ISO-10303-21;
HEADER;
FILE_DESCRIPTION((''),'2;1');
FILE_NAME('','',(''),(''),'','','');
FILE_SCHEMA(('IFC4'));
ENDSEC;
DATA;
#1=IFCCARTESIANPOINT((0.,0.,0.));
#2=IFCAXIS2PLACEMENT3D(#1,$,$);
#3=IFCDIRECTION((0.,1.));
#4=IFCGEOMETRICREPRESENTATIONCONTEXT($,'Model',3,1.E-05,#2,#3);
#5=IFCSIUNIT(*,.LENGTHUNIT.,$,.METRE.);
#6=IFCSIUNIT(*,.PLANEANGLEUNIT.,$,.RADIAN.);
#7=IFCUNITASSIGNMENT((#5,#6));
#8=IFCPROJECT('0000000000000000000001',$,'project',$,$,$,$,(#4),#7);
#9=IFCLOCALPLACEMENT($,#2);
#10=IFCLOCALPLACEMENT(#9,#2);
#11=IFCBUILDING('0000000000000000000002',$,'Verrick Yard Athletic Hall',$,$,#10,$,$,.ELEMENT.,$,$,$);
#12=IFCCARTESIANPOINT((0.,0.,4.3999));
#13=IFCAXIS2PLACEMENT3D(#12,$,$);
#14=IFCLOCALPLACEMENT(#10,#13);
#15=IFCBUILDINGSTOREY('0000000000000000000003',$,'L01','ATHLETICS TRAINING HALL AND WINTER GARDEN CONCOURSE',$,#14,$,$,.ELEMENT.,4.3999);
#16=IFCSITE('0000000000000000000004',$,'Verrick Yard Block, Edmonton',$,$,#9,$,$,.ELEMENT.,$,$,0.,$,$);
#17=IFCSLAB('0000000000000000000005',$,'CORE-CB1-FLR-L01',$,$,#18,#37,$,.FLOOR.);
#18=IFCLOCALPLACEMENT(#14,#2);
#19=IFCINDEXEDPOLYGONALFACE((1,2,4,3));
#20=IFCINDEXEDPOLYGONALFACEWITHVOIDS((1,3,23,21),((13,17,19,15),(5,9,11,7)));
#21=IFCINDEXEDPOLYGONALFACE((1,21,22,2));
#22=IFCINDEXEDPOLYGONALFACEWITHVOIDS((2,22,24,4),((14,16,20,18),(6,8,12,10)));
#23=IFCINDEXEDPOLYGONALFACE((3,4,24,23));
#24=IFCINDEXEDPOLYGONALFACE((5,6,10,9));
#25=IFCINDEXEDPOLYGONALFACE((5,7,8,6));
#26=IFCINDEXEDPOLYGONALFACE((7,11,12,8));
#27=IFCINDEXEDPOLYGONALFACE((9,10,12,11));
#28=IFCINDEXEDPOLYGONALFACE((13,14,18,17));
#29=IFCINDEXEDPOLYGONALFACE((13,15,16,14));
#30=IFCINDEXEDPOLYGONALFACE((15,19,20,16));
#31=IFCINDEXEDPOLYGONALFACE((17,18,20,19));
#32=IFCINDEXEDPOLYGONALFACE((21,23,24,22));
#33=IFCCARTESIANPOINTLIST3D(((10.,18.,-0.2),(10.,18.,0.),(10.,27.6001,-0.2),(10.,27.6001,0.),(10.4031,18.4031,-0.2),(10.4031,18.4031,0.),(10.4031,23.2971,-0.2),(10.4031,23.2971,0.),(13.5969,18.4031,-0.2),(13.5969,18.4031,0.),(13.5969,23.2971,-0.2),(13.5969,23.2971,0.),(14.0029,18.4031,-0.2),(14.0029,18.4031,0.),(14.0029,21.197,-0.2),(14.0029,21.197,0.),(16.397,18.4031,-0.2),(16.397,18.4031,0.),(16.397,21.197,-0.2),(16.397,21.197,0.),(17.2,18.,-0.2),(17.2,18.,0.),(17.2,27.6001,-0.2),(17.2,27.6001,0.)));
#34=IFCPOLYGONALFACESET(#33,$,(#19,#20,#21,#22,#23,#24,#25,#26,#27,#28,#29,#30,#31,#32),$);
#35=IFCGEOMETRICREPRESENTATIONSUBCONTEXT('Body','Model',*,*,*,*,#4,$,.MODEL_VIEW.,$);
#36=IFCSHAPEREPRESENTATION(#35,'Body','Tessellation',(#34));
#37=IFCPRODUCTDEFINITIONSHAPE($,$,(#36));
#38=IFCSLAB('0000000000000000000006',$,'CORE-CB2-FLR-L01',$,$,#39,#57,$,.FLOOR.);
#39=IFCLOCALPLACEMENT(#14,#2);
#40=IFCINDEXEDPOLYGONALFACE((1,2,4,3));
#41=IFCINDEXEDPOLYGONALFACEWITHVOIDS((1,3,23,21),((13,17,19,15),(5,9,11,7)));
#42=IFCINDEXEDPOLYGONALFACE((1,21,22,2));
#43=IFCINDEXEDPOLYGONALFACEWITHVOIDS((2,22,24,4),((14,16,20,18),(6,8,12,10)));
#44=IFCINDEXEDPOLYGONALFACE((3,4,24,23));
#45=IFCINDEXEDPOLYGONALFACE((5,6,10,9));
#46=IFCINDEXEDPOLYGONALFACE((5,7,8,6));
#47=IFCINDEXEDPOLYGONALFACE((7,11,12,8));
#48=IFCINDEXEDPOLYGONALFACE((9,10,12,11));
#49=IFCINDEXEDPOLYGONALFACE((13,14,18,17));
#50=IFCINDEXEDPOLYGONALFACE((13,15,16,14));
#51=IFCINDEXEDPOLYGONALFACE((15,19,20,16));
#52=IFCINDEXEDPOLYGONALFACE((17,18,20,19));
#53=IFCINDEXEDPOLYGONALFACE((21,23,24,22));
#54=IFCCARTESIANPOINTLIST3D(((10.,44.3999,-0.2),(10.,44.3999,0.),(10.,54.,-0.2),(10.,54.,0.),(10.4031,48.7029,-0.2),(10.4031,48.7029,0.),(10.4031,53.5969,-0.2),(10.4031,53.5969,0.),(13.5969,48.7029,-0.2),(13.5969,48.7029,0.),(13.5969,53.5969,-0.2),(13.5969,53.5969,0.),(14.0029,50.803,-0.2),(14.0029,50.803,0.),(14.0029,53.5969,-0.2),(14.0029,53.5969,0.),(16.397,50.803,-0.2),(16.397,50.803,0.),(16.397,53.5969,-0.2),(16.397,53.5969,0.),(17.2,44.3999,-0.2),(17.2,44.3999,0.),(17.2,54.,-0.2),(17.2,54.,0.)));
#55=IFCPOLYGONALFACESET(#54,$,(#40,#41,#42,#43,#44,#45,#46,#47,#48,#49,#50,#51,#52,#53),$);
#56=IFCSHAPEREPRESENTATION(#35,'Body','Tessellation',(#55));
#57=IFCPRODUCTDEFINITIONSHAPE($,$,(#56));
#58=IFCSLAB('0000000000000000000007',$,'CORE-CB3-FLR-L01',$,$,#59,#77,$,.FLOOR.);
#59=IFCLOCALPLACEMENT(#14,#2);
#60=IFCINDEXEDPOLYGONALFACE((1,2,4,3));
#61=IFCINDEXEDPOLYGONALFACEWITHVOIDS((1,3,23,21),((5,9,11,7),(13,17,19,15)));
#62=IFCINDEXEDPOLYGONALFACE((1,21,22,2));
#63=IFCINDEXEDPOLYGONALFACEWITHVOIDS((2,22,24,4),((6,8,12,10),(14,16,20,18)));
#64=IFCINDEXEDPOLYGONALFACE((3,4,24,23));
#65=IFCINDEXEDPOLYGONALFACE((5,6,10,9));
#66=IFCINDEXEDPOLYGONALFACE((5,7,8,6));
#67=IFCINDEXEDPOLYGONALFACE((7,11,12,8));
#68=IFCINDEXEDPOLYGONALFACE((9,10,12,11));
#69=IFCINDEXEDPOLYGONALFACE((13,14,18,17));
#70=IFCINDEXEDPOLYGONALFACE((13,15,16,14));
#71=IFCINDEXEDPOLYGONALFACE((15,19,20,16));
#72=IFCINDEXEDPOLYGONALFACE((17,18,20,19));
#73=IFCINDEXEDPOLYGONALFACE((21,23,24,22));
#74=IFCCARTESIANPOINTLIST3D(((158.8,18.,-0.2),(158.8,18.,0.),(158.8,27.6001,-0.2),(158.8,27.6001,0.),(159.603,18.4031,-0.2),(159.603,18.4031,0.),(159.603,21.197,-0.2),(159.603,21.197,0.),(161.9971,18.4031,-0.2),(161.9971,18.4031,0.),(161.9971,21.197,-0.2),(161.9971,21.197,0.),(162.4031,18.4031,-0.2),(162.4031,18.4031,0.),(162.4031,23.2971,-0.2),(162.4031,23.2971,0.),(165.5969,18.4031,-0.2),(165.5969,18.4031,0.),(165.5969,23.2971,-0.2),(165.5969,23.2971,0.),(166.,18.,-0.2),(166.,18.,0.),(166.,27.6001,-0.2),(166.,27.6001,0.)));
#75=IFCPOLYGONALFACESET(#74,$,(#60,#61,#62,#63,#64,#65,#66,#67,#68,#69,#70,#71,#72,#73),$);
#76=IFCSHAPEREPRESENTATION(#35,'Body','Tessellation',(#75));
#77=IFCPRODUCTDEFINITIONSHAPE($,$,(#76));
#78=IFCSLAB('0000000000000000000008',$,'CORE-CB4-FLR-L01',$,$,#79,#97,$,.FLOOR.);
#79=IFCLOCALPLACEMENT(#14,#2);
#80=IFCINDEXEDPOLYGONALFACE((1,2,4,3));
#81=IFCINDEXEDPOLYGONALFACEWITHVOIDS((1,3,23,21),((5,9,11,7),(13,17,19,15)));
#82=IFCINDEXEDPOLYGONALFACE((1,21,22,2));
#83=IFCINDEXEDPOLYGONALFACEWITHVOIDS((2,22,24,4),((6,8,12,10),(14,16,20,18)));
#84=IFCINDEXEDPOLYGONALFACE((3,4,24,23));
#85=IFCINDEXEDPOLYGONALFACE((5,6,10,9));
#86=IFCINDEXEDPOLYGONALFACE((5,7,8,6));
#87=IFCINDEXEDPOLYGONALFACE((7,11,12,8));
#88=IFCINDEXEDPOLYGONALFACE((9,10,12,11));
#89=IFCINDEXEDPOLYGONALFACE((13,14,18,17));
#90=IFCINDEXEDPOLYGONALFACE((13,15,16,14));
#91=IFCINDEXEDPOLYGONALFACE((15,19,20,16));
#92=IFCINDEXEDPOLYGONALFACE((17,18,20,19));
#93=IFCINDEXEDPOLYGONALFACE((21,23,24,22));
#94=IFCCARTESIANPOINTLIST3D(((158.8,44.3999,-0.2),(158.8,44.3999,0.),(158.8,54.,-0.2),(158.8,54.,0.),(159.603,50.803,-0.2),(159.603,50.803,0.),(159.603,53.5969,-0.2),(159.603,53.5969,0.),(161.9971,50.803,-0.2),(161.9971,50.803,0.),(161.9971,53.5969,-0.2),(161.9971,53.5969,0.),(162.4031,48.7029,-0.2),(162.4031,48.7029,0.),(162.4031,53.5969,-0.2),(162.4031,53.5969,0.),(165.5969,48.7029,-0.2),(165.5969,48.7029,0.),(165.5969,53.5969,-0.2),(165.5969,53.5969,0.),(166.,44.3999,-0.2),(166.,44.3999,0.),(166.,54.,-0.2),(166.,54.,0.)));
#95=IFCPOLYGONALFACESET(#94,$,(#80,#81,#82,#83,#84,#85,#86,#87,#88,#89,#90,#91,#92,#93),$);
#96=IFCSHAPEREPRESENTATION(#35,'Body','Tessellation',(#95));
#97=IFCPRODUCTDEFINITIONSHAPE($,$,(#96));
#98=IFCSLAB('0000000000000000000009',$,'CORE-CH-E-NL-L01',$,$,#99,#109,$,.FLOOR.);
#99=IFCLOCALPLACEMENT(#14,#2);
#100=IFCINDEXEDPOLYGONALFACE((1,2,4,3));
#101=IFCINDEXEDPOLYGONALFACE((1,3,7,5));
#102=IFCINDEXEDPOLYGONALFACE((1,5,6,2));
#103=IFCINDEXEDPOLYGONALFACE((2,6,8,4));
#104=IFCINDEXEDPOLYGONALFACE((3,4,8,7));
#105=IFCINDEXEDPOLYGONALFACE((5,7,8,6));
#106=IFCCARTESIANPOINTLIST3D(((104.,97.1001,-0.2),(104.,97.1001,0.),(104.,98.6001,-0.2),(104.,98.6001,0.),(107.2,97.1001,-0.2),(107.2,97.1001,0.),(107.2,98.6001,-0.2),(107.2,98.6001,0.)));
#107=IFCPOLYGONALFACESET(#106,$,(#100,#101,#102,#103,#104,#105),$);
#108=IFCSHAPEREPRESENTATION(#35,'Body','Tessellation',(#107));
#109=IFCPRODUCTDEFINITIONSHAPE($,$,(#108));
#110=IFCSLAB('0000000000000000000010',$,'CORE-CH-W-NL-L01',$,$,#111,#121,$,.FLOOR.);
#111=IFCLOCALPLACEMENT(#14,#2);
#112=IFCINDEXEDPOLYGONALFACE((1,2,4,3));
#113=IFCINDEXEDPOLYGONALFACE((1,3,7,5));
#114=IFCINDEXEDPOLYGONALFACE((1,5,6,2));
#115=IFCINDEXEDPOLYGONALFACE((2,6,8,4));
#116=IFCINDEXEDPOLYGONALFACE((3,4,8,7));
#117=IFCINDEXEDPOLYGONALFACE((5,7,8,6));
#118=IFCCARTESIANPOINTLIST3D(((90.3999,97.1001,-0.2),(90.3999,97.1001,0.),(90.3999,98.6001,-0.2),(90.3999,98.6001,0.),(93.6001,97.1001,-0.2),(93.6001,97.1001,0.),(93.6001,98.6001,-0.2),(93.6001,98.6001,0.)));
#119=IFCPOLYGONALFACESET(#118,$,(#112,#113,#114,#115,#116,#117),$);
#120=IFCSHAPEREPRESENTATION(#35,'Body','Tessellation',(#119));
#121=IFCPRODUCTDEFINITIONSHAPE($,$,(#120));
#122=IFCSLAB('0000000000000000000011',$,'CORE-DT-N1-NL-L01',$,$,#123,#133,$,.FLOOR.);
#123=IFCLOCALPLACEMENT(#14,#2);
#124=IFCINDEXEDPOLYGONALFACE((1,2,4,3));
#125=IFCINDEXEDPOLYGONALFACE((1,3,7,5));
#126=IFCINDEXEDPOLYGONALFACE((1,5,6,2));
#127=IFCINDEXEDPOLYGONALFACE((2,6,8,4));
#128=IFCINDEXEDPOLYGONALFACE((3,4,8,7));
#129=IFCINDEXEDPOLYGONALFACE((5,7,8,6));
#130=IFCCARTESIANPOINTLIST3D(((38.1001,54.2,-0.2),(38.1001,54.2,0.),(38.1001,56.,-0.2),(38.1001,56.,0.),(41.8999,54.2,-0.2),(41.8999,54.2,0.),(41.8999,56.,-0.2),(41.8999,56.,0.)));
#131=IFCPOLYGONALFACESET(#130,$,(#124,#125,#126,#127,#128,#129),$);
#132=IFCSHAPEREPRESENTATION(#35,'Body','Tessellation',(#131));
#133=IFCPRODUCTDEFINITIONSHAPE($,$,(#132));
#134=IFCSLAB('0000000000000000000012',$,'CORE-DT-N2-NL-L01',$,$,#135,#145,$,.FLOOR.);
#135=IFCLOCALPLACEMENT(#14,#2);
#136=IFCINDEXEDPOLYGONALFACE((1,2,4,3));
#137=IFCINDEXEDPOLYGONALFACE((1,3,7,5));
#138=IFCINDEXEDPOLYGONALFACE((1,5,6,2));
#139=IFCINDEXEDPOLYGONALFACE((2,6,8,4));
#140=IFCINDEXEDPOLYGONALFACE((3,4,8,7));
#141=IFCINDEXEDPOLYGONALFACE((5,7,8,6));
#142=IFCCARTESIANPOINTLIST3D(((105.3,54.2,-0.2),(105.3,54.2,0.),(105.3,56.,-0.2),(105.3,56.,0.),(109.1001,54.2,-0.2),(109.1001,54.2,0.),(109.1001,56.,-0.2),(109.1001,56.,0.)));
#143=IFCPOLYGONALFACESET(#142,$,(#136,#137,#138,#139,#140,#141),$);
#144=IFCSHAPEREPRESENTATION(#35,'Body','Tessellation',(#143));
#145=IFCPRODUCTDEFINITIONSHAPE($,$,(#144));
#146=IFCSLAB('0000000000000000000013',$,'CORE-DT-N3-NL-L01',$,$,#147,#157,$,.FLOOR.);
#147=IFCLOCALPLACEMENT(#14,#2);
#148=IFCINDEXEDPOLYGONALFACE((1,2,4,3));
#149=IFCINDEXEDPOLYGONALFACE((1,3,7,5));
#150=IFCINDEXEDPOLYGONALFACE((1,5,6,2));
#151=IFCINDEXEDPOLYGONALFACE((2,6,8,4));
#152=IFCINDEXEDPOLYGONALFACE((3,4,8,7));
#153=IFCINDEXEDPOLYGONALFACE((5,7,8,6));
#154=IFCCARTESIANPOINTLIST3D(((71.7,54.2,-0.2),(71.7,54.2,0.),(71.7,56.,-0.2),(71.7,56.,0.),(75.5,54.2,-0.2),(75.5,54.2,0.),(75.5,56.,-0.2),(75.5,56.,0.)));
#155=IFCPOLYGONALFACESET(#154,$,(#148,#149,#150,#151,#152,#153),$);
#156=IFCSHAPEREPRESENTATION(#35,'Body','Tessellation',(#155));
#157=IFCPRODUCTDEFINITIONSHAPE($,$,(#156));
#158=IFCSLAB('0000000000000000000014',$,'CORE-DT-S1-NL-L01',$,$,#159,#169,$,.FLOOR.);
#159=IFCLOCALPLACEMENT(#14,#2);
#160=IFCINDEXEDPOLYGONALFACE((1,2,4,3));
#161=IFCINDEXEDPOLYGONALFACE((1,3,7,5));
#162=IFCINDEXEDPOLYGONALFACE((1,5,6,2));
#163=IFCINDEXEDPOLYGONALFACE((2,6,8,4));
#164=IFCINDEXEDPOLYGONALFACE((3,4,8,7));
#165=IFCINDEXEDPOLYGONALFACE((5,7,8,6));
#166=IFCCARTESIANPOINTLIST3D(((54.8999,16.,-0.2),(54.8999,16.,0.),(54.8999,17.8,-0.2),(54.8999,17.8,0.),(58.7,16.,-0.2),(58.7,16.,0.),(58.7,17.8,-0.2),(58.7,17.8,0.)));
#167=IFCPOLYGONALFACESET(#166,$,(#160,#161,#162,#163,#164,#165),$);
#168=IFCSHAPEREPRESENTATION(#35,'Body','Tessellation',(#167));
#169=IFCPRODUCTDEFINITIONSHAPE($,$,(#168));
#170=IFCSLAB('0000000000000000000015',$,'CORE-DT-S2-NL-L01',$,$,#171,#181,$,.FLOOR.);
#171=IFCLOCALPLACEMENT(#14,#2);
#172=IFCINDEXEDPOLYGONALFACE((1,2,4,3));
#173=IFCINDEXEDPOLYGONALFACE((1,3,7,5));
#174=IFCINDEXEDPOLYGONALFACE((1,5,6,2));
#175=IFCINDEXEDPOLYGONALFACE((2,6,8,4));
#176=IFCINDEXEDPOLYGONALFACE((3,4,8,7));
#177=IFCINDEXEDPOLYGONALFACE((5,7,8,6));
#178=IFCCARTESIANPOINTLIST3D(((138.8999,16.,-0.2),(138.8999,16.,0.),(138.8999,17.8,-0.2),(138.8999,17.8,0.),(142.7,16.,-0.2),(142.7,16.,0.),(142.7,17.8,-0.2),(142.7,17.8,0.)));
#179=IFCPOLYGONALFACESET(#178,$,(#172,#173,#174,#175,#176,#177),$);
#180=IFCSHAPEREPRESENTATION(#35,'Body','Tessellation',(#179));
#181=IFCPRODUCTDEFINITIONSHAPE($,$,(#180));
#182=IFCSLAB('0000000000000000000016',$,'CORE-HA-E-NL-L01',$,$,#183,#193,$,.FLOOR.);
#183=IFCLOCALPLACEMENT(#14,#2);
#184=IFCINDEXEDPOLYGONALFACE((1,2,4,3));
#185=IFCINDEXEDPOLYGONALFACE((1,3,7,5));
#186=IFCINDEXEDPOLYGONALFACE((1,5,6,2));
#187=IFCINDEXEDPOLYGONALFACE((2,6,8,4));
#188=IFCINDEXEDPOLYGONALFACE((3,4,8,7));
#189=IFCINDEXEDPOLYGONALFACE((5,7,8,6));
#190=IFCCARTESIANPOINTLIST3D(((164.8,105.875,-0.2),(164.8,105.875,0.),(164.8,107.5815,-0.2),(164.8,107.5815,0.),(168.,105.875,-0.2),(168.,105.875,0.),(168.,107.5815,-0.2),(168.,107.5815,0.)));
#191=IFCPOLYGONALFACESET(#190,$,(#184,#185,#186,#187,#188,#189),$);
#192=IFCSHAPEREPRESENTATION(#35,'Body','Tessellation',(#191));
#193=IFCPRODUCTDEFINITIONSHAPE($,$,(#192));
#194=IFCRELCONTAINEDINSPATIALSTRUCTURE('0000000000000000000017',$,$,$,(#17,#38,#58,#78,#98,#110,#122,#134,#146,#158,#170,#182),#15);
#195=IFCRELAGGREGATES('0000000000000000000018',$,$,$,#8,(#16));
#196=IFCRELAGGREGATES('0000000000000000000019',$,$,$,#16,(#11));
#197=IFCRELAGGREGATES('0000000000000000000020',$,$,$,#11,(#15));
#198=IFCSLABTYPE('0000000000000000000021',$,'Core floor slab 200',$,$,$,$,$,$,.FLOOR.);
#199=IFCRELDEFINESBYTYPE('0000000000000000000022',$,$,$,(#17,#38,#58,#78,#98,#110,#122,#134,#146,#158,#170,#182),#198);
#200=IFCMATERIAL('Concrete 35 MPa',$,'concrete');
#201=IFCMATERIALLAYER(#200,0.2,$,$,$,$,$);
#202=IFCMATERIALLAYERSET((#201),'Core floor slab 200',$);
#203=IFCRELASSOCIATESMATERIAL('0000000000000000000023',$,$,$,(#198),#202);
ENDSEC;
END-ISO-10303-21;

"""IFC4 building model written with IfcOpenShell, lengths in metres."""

from ifc_helpers import new_model, si_unit, direction, frame, origin, place, context, subcontext, project, spatial, polyline, outline, extrude, material, layer, layer_set, type_object, element, save


model = new_model("IFC4")

# Units and contexts
model_context = context("Model", 3, precision=1e-05, world=origin(), true_north=direction((0.0, 1.0)))
body_context = subcontext(model_context, "Body", "Model", "MODEL_VIEW")
ifc_project = project(units=[si_unit("LENGTHUNIT", "METRE"), si_unit("PLANEANGLEUNIT", "RADIAN")], contexts=[model_context])

# Site, building, storey
site_placement = place(None, origin())
site = spatial("IfcSite", under=ifc_project, at=site_placement, Name="Verrick Yard Block, Edmonton", CompositionType="ELEMENT", RefElevation=0.0)
building_placement = place(site_placement, origin())
building = spatial("IfcBuilding", under=site, at=building_placement, Name="Verrick Yard Athletic Hall", CompositionType="ELEMENT")
storey_placement = place(building_placement, frame((0.0, 0.0, 4.3999)))
storey = spatial("IfcBuildingStorey", under=building, at=storey_placement, Name="L01", Description="ATHLETICS TRAINING HALL AND WINTER GARDEN CONCOURSE", CompositionType="ELEMENT", Elevation=4.3999)

# Slabs
ifc_material = material(Name="Concrete 35 MPa", Category="concrete")
ifc_layer_1 = layer(ifc_material, 0.2)
ifc_layer_set_1 = layer_set([ifc_layer_1], Name="Core floor slab 200")
slab_type_1 = type_object("IfcSlabType", Name="Core floor slab 200", PredefinedType="FLOOR", material=ifc_layer_set_1)
slab_1_placement = place(storey_placement, frame((0.0, 0.0, -0.2)))
element("IfcSlab", 1, at=slab_1_placement, inside=storey, type_object=slab_type_1, Name="CORE-CB1-FLR-L01", PredefinedType="FLOOR", context=body_context, shape_type="SweptSolid", body=[
    extrude(outline(polyline([(10.0, 18.0), (17.2, 18.0), (17.2, 27.6001), (10.0, 27.6001), (10.0, 18.0)]), holes=[polyline([(10.4031, 23.2971), (13.5969, 23.2971), (13.5969, 18.4031), (10.4031, 18.4031), (10.4031, 23.2971)]), polyline([(14.0029, 18.4031), (14.0029, 21.197), (16.397, 21.197), (16.397, 18.4031), (14.0029, 18.4031)])]), origin(), (0.0, 0.0, 1.0), 0.2),
])
slab_2_placement = place(storey_placement, frame((0.0, 0.0, -0.2)))
element("IfcSlab", 2, at=slab_2_placement, inside=storey, type_object=slab_type_1, Name="CORE-CB2-FLR-L01", PredefinedType="FLOOR", context=body_context, shape_type="SweptSolid", body=[
    extrude(outline(polyline([(10.0, 44.3999), (17.2, 44.3999), (17.2, 54.0), (10.0, 54.0), (10.0, 44.3999)]), holes=[polyline([(13.5969, 48.7029), (10.4031, 48.7029), (10.4031, 53.5969), (13.5969, 53.5969), (13.5969, 48.7029)]), polyline([(14.0029, 50.803), (14.0029, 53.5969), (16.397, 53.5969), (16.397, 50.803), (14.0029, 50.803)])]), origin(), (0.0, 0.0, 1.0), 0.2),
])
slab_3_placement = place(storey_placement, frame((0.0, 0.0, -0.2)))
element("IfcSlab", 3, at=slab_3_placement, inside=storey, type_object=slab_type_1, Name="CORE-CB3-FLR-L01", PredefinedType="FLOOR", context=body_context, shape_type="SweptSolid", body=[
    extrude(outline(polyline([(158.8, 18.0), (166.0, 18.0), (166.0, 27.6001), (158.8, 27.6001), (158.8, 18.0)]), holes=[polyline([(162.4031, 23.2971), (165.5969, 23.2971), (165.5969, 18.4031), (162.4031, 18.4031), (162.4031, 23.2971)]), polyline([(159.603, 18.4031), (159.603, 21.197), (161.9971, 21.197), (161.9971, 18.4031), (159.603, 18.4031)])]), origin(), (0.0, 0.0, 1.0), 0.2),
])
slab_4_placement = place(storey_placement, frame((0.0, 0.0, -0.2)))
element("IfcSlab", 4, at=slab_4_placement, inside=storey, type_object=slab_type_1, Name="CORE-CB4-FLR-L01", PredefinedType="FLOOR", context=body_context, shape_type="SweptSolid", body=[
    extrude(outline(polyline([(158.8, 44.3999), (166.0, 44.3999), (166.0, 54.0), (158.8, 54.0), (158.8, 44.3999)]), holes=[polyline([(165.5969, 48.7029), (162.4031, 48.7029), (162.4031, 53.5969), (165.5969, 53.5969), (165.5969, 48.7029)]), polyline([(159.603, 50.803), (159.603, 53.5969), (161.9971, 53.5969), (161.9971, 50.803), (159.603, 50.803)])]), origin(), (0.0, 0.0, 1.0), 0.2),
])
slab_5_placement = place(storey_placement, frame((0.0, 0.0, -0.2)))
element("IfcSlab", 5, at=slab_5_placement, inside=storey, type_object=slab_type_1, Name="CORE-CH-E-NL-L01", PredefinedType="FLOOR", context=body_context, shape_type="SweptSolid", body=[
    extrude(outline(polyline([(104.0, 98.6001), (104.0, 97.1001), (107.2, 97.1001), (107.2, 98.6001), (104.0, 98.6001)])), origin(), (0.0, 0.0, 1.0), 0.2),
])
slab_6_placement = place(storey_placement, frame((0.0, 0.0, -0.2)))
element("IfcSlab", 6, at=slab_6_placement, inside=storey, type_object=slab_type_1, Name="CORE-CH-W-NL-L01", PredefinedType="FLOOR", context=body_context, shape_type="SweptSolid", body=[
    extrude(outline(polyline([(90.3999, 98.6001), (90.3999, 97.1001), (93.6001, 97.1001), (93.6001, 98.6001), (90.3999, 98.6001)])), origin(), (0.0, 0.0, 1.0), 0.2),
])
slab_7_placement = place(storey_placement, frame((0.0, 0.0, -0.2)))
element("IfcSlab", 7, at=slab_7_placement, inside=storey, type_object=slab_type_1, Name="CORE-DT-N1-NL-L01", PredefinedType="FLOOR", context=body_context, shape_type="SweptSolid", body=[
    extrude(outline(polyline([(41.8999, 54.2), (41.8999, 56.0), (38.1001, 56.0), (38.1001, 54.2), (41.8999, 54.2)])), origin(), (0.0, 0.0, 1.0), 0.2),
])
slab_8_placement = place(storey_placement, frame((0.0, 0.0, -0.2)))
element("IfcSlab", 8, at=slab_8_placement, inside=storey, type_object=slab_type_1, Name="CORE-DT-N2-NL-L01", PredefinedType="FLOOR", context=body_context, shape_type="SweptSolid", body=[
    extrude(outline(polyline([(109.1001, 54.2), (109.1001, 56.0), (105.3, 56.0), (105.3, 54.2), (109.1001, 54.2)])), origin(), (0.0, 0.0, 1.0), 0.2),
])
slab_9_placement = place(storey_placement, frame((0.0, 0.0, -0.2)))
element("IfcSlab", 9, at=slab_9_placement, inside=storey, type_object=slab_type_1, Name="CORE-DT-N3-NL-L01", PredefinedType="FLOOR", context=body_context, shape_type="SweptSolid", body=[
    extrude(outline(polyline([(75.5, 54.2), (75.5, 56.0), (71.7, 56.0), (71.7, 54.2), (75.5, 54.2)])), origin(), (0.0, 0.0, 1.0), 0.2),
])
slab_10_placement = place(storey_placement, frame((0.0, 0.0, -0.2)))
element("IfcSlab", 10, at=slab_10_placement, inside=storey, type_object=slab_type_1, Name="CORE-DT-S1-NL-L01", PredefinedType="FLOOR", context=body_context, shape_type="SweptSolid", body=[
    extrude(outline(polyline([(54.8999, 17.8), (54.8999, 16.0), (58.7, 16.0), (58.7, 17.8), (54.8999, 17.8)])), origin(), (0.0, 0.0, 1.0), 0.2),
])
slab_11_placement = place(storey_placement, frame((0.0, 0.0, -0.2)))
element("IfcSlab", 11, at=slab_11_placement, inside=storey, type_object=slab_type_1, Name="CORE-DT-S2-NL-L01", PredefinedType="FLOOR", context=body_context, shape_type="SweptSolid", body=[
    extrude(outline(polyline([(138.8999, 17.8), (138.8999, 16.0), (142.7, 16.0), (142.7, 17.8), (138.8999, 17.8)])), origin(), (0.0, 0.0, 1.0), 0.2),
])
slab_12_placement = place(storey_placement, frame((0.0, 0.0, -0.2)))
element("IfcSlab", 12, at=slab_12_placement, inside=storey, type_object=slab_type_1, Name="CORE-HA-E-NL-L01", PredefinedType="FLOOR", context=body_context, shape_type="SweptSolid", body=[
    extrude(outline(polyline([(164.8, 107.5815), (164.8, 105.875), (168.0, 105.875), (168.0, 107.5815), (164.8, 107.5815)])), origin(), (0.0, 0.0, 1.0), 0.2),
])

save(model, "model.ifc")
